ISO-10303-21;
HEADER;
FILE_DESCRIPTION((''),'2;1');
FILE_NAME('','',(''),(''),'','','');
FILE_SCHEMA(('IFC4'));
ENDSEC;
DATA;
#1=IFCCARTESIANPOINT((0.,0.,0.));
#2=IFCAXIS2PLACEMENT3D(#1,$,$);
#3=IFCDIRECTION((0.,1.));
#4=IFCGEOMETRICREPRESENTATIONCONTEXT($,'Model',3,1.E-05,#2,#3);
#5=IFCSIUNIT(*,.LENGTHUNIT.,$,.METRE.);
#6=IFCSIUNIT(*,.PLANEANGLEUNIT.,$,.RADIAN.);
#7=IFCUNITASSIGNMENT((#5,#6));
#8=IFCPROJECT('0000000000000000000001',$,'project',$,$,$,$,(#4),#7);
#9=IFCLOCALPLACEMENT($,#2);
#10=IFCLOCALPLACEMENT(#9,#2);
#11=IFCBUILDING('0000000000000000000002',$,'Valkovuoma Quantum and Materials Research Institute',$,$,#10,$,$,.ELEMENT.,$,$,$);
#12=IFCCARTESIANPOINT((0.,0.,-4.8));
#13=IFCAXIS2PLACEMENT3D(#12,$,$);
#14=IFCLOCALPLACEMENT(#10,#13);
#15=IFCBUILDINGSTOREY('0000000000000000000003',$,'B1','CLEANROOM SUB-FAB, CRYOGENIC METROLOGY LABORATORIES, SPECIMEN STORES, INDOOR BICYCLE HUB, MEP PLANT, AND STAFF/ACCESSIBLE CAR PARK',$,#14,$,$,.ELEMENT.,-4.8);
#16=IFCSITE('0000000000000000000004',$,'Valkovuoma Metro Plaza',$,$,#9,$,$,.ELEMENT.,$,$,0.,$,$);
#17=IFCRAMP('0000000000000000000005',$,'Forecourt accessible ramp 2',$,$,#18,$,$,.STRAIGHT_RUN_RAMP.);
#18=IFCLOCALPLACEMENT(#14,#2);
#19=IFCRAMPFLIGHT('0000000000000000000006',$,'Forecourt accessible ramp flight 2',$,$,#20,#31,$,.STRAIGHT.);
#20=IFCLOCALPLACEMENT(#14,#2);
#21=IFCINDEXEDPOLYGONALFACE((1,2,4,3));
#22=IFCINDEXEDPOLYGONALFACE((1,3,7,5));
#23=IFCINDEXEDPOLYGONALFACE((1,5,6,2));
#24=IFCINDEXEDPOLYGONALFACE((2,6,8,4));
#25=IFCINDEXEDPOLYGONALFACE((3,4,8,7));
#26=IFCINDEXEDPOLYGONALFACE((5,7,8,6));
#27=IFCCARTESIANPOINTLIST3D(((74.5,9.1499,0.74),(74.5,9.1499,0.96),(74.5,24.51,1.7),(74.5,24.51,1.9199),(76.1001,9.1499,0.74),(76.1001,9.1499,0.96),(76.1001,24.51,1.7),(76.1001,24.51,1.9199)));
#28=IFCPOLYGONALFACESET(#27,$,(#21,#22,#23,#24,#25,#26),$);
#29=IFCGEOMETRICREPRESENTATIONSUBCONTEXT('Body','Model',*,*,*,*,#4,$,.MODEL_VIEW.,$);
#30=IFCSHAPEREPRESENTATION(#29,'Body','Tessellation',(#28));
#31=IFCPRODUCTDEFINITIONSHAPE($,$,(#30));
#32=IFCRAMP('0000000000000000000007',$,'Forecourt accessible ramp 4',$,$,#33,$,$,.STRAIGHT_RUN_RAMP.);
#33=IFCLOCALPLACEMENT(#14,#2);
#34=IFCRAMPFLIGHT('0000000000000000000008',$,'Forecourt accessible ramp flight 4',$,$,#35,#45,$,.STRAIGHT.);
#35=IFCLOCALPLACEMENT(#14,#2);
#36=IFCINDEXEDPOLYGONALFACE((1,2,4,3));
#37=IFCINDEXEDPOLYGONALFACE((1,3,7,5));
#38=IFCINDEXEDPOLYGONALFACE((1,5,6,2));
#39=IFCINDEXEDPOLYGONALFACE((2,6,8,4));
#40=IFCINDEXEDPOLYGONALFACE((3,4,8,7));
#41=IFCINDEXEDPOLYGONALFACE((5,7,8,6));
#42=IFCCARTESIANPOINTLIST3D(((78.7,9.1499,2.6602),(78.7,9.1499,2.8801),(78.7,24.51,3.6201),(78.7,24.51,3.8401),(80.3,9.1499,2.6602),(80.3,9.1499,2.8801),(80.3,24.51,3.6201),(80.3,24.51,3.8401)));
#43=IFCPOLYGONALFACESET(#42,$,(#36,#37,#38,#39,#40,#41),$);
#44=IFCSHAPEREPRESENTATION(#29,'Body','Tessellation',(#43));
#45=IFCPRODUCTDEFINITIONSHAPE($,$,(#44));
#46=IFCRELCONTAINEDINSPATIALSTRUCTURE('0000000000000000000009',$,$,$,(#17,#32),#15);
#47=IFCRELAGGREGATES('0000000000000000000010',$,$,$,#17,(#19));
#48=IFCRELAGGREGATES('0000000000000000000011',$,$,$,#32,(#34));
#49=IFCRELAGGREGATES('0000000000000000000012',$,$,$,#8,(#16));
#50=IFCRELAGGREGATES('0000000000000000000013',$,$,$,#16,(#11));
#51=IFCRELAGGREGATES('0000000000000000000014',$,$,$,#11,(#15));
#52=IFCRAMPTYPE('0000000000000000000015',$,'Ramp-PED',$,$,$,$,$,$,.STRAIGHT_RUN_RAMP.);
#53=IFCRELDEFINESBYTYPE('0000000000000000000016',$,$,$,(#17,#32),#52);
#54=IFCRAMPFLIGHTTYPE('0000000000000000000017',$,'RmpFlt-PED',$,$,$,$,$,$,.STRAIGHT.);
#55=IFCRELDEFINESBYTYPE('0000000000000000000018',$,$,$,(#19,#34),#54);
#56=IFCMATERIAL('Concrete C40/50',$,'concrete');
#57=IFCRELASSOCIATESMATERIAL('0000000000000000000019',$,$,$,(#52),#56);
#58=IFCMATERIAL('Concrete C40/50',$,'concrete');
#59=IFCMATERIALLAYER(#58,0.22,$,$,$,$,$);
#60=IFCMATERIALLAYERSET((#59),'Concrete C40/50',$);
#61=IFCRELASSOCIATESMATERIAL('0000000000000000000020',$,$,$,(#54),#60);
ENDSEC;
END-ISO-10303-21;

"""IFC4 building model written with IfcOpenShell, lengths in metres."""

from ifc_helpers import new_model, si_unit, direction, frame, origin, place, context, subcontext, project, spatial, polyline, outline, extrude, material, layer, layer_set, type_object, element, aggregate, save


model = new_model("IFC4")

# Units and contexts
model_context = context("Model", 3, precision=1e-05, world=origin(), true_north=direction((0.0, 1.0)))
body_context = subcontext(model_context, "Body", "Model", "MODEL_VIEW")
ifc_project = project(units=[si_unit("LENGTHUNIT", "METRE"), si_unit("PLANEANGLEUNIT", "RADIAN")], contexts=[model_context])

# Site, building, storey
site_placement = place(None, origin())
site = spatial("IfcSite", under=ifc_project, at=site_placement, Name="Valkovuoma Metro Plaza", CompositionType="ELEMENT", RefElevation=0.0)
building_placement = place(site_placement, origin())
building = spatial("IfcBuilding", under=site, at=building_placement, Name="Valkovuoma Quantum and Materials Research Institute", CompositionType="ELEMENT")
storey_placement = place(building_placement, frame((0.0, 0.0, -4.8)))
storey = spatial("IfcBuildingStorey", under=building, at=storey_placement, Name="B1", Description="CLEANROOM SUB-FAB, CRYOGENIC METROLOGY LABORATORIES, SPECIMEN STORES, INDOOR BICYCLE HUB, MEP PLANT, AND STAFF/ACCESSIBLE CAR PARK", CompositionType="ELEMENT", Elevation=-4.8)

# Ramps, ramp flights
ifc_material_1 = material(Name="Concrete C40/50", Category="concrete")
ramp_type = type_object("IfcRampType", Name="Ramp-PED", PredefinedType="STRAIGHT_RUN_RAMP", material=ifc_material_1)
ifc_material_2 = material(Name="Concrete C40/50", Category="concrete")
ifc_layer = layer(ifc_material_2, 0.22)
ifc_layer_set = layer_set([ifc_layer], Name="Concrete C40/50")
ramp_flight_type = type_object("IfcRampFlightType", Name="RmpFlt-PED", PredefinedType="STRAIGHT", material=ifc_layer_set)
ramp_1_placement = place(storey_placement, origin())
ramp_1 = element("IfcRamp", 1, at=ramp_1_placement, inside=storey, type_object=ramp_type, Name="Forecourt accessible ramp 2", PredefinedType="STRAIGHT_RUN_RAMP")
ramp_flight_1_placement = place(storey_placement, frame((75.3, 9.1499, 0.96), z_axis=(0.0, 0.0, 1.0), x_axis=(0.0, 1.0, 0.0)))
ramp_flight_1 = element("IfcRampFlight", 2, at=ramp_flight_1_placement, type_object=ramp_flight_type, Name="Forecourt accessible ramp flight 2", PredefinedType="STRAIGHT", context=body_context, shape_type="SweptSolid", body=[
    extrude(outline(polyline([(0.0, 0.0), (15.3601, 0.96), (15.3601, 0.74), (0.0, -0.22), (0.0, 0.0)])), frame((0.0, 0.8, 0.0), z_axis=(0.0, -1.0, 0.0), x_axis=(1.0, 0.0, 0.0)), (0.0, 0.0, 1.0), 1.6001),
])
aggregate(ramp_1, [ramp_flight_1])
ramp_2_placement = place(storey_placement, origin())
ramp_2 = element("IfcRamp", 3, at=ramp_2_placement, inside=storey, type_object=ramp_type, Name="Forecourt accessible ramp 4", PredefinedType="STRAIGHT_RUN_RAMP")
ramp_flight_2_placement = place(storey_placement, frame((79.5, 9.1499, 2.8801), z_axis=(0.0, 0.0, 1.0), x_axis=(0.0, 1.0, 0.0)))
ramp_flight_2 = element("IfcRampFlight", 4, at=ramp_flight_2_placement, type_object=ramp_flight_type, Name="Forecourt accessible ramp flight 4", PredefinedType="STRAIGHT", context=body_context, shape_type="SweptSolid", body=[
    extrude(outline(polyline([(0.0, 0.0), (15.3601, 0.96), (15.3601, 0.74), (0.0, -0.22), (0.0, 0.0)])), frame((0.0, 0.8, 0.0), z_axis=(0.0, -1.0, 0.0), x_axis=(1.0, 0.0, 0.0)), (0.0, 0.0, 1.0), 1.6001),
])
aggregate(ramp_2, [ramp_flight_2])

save(model, "model.ifc")
